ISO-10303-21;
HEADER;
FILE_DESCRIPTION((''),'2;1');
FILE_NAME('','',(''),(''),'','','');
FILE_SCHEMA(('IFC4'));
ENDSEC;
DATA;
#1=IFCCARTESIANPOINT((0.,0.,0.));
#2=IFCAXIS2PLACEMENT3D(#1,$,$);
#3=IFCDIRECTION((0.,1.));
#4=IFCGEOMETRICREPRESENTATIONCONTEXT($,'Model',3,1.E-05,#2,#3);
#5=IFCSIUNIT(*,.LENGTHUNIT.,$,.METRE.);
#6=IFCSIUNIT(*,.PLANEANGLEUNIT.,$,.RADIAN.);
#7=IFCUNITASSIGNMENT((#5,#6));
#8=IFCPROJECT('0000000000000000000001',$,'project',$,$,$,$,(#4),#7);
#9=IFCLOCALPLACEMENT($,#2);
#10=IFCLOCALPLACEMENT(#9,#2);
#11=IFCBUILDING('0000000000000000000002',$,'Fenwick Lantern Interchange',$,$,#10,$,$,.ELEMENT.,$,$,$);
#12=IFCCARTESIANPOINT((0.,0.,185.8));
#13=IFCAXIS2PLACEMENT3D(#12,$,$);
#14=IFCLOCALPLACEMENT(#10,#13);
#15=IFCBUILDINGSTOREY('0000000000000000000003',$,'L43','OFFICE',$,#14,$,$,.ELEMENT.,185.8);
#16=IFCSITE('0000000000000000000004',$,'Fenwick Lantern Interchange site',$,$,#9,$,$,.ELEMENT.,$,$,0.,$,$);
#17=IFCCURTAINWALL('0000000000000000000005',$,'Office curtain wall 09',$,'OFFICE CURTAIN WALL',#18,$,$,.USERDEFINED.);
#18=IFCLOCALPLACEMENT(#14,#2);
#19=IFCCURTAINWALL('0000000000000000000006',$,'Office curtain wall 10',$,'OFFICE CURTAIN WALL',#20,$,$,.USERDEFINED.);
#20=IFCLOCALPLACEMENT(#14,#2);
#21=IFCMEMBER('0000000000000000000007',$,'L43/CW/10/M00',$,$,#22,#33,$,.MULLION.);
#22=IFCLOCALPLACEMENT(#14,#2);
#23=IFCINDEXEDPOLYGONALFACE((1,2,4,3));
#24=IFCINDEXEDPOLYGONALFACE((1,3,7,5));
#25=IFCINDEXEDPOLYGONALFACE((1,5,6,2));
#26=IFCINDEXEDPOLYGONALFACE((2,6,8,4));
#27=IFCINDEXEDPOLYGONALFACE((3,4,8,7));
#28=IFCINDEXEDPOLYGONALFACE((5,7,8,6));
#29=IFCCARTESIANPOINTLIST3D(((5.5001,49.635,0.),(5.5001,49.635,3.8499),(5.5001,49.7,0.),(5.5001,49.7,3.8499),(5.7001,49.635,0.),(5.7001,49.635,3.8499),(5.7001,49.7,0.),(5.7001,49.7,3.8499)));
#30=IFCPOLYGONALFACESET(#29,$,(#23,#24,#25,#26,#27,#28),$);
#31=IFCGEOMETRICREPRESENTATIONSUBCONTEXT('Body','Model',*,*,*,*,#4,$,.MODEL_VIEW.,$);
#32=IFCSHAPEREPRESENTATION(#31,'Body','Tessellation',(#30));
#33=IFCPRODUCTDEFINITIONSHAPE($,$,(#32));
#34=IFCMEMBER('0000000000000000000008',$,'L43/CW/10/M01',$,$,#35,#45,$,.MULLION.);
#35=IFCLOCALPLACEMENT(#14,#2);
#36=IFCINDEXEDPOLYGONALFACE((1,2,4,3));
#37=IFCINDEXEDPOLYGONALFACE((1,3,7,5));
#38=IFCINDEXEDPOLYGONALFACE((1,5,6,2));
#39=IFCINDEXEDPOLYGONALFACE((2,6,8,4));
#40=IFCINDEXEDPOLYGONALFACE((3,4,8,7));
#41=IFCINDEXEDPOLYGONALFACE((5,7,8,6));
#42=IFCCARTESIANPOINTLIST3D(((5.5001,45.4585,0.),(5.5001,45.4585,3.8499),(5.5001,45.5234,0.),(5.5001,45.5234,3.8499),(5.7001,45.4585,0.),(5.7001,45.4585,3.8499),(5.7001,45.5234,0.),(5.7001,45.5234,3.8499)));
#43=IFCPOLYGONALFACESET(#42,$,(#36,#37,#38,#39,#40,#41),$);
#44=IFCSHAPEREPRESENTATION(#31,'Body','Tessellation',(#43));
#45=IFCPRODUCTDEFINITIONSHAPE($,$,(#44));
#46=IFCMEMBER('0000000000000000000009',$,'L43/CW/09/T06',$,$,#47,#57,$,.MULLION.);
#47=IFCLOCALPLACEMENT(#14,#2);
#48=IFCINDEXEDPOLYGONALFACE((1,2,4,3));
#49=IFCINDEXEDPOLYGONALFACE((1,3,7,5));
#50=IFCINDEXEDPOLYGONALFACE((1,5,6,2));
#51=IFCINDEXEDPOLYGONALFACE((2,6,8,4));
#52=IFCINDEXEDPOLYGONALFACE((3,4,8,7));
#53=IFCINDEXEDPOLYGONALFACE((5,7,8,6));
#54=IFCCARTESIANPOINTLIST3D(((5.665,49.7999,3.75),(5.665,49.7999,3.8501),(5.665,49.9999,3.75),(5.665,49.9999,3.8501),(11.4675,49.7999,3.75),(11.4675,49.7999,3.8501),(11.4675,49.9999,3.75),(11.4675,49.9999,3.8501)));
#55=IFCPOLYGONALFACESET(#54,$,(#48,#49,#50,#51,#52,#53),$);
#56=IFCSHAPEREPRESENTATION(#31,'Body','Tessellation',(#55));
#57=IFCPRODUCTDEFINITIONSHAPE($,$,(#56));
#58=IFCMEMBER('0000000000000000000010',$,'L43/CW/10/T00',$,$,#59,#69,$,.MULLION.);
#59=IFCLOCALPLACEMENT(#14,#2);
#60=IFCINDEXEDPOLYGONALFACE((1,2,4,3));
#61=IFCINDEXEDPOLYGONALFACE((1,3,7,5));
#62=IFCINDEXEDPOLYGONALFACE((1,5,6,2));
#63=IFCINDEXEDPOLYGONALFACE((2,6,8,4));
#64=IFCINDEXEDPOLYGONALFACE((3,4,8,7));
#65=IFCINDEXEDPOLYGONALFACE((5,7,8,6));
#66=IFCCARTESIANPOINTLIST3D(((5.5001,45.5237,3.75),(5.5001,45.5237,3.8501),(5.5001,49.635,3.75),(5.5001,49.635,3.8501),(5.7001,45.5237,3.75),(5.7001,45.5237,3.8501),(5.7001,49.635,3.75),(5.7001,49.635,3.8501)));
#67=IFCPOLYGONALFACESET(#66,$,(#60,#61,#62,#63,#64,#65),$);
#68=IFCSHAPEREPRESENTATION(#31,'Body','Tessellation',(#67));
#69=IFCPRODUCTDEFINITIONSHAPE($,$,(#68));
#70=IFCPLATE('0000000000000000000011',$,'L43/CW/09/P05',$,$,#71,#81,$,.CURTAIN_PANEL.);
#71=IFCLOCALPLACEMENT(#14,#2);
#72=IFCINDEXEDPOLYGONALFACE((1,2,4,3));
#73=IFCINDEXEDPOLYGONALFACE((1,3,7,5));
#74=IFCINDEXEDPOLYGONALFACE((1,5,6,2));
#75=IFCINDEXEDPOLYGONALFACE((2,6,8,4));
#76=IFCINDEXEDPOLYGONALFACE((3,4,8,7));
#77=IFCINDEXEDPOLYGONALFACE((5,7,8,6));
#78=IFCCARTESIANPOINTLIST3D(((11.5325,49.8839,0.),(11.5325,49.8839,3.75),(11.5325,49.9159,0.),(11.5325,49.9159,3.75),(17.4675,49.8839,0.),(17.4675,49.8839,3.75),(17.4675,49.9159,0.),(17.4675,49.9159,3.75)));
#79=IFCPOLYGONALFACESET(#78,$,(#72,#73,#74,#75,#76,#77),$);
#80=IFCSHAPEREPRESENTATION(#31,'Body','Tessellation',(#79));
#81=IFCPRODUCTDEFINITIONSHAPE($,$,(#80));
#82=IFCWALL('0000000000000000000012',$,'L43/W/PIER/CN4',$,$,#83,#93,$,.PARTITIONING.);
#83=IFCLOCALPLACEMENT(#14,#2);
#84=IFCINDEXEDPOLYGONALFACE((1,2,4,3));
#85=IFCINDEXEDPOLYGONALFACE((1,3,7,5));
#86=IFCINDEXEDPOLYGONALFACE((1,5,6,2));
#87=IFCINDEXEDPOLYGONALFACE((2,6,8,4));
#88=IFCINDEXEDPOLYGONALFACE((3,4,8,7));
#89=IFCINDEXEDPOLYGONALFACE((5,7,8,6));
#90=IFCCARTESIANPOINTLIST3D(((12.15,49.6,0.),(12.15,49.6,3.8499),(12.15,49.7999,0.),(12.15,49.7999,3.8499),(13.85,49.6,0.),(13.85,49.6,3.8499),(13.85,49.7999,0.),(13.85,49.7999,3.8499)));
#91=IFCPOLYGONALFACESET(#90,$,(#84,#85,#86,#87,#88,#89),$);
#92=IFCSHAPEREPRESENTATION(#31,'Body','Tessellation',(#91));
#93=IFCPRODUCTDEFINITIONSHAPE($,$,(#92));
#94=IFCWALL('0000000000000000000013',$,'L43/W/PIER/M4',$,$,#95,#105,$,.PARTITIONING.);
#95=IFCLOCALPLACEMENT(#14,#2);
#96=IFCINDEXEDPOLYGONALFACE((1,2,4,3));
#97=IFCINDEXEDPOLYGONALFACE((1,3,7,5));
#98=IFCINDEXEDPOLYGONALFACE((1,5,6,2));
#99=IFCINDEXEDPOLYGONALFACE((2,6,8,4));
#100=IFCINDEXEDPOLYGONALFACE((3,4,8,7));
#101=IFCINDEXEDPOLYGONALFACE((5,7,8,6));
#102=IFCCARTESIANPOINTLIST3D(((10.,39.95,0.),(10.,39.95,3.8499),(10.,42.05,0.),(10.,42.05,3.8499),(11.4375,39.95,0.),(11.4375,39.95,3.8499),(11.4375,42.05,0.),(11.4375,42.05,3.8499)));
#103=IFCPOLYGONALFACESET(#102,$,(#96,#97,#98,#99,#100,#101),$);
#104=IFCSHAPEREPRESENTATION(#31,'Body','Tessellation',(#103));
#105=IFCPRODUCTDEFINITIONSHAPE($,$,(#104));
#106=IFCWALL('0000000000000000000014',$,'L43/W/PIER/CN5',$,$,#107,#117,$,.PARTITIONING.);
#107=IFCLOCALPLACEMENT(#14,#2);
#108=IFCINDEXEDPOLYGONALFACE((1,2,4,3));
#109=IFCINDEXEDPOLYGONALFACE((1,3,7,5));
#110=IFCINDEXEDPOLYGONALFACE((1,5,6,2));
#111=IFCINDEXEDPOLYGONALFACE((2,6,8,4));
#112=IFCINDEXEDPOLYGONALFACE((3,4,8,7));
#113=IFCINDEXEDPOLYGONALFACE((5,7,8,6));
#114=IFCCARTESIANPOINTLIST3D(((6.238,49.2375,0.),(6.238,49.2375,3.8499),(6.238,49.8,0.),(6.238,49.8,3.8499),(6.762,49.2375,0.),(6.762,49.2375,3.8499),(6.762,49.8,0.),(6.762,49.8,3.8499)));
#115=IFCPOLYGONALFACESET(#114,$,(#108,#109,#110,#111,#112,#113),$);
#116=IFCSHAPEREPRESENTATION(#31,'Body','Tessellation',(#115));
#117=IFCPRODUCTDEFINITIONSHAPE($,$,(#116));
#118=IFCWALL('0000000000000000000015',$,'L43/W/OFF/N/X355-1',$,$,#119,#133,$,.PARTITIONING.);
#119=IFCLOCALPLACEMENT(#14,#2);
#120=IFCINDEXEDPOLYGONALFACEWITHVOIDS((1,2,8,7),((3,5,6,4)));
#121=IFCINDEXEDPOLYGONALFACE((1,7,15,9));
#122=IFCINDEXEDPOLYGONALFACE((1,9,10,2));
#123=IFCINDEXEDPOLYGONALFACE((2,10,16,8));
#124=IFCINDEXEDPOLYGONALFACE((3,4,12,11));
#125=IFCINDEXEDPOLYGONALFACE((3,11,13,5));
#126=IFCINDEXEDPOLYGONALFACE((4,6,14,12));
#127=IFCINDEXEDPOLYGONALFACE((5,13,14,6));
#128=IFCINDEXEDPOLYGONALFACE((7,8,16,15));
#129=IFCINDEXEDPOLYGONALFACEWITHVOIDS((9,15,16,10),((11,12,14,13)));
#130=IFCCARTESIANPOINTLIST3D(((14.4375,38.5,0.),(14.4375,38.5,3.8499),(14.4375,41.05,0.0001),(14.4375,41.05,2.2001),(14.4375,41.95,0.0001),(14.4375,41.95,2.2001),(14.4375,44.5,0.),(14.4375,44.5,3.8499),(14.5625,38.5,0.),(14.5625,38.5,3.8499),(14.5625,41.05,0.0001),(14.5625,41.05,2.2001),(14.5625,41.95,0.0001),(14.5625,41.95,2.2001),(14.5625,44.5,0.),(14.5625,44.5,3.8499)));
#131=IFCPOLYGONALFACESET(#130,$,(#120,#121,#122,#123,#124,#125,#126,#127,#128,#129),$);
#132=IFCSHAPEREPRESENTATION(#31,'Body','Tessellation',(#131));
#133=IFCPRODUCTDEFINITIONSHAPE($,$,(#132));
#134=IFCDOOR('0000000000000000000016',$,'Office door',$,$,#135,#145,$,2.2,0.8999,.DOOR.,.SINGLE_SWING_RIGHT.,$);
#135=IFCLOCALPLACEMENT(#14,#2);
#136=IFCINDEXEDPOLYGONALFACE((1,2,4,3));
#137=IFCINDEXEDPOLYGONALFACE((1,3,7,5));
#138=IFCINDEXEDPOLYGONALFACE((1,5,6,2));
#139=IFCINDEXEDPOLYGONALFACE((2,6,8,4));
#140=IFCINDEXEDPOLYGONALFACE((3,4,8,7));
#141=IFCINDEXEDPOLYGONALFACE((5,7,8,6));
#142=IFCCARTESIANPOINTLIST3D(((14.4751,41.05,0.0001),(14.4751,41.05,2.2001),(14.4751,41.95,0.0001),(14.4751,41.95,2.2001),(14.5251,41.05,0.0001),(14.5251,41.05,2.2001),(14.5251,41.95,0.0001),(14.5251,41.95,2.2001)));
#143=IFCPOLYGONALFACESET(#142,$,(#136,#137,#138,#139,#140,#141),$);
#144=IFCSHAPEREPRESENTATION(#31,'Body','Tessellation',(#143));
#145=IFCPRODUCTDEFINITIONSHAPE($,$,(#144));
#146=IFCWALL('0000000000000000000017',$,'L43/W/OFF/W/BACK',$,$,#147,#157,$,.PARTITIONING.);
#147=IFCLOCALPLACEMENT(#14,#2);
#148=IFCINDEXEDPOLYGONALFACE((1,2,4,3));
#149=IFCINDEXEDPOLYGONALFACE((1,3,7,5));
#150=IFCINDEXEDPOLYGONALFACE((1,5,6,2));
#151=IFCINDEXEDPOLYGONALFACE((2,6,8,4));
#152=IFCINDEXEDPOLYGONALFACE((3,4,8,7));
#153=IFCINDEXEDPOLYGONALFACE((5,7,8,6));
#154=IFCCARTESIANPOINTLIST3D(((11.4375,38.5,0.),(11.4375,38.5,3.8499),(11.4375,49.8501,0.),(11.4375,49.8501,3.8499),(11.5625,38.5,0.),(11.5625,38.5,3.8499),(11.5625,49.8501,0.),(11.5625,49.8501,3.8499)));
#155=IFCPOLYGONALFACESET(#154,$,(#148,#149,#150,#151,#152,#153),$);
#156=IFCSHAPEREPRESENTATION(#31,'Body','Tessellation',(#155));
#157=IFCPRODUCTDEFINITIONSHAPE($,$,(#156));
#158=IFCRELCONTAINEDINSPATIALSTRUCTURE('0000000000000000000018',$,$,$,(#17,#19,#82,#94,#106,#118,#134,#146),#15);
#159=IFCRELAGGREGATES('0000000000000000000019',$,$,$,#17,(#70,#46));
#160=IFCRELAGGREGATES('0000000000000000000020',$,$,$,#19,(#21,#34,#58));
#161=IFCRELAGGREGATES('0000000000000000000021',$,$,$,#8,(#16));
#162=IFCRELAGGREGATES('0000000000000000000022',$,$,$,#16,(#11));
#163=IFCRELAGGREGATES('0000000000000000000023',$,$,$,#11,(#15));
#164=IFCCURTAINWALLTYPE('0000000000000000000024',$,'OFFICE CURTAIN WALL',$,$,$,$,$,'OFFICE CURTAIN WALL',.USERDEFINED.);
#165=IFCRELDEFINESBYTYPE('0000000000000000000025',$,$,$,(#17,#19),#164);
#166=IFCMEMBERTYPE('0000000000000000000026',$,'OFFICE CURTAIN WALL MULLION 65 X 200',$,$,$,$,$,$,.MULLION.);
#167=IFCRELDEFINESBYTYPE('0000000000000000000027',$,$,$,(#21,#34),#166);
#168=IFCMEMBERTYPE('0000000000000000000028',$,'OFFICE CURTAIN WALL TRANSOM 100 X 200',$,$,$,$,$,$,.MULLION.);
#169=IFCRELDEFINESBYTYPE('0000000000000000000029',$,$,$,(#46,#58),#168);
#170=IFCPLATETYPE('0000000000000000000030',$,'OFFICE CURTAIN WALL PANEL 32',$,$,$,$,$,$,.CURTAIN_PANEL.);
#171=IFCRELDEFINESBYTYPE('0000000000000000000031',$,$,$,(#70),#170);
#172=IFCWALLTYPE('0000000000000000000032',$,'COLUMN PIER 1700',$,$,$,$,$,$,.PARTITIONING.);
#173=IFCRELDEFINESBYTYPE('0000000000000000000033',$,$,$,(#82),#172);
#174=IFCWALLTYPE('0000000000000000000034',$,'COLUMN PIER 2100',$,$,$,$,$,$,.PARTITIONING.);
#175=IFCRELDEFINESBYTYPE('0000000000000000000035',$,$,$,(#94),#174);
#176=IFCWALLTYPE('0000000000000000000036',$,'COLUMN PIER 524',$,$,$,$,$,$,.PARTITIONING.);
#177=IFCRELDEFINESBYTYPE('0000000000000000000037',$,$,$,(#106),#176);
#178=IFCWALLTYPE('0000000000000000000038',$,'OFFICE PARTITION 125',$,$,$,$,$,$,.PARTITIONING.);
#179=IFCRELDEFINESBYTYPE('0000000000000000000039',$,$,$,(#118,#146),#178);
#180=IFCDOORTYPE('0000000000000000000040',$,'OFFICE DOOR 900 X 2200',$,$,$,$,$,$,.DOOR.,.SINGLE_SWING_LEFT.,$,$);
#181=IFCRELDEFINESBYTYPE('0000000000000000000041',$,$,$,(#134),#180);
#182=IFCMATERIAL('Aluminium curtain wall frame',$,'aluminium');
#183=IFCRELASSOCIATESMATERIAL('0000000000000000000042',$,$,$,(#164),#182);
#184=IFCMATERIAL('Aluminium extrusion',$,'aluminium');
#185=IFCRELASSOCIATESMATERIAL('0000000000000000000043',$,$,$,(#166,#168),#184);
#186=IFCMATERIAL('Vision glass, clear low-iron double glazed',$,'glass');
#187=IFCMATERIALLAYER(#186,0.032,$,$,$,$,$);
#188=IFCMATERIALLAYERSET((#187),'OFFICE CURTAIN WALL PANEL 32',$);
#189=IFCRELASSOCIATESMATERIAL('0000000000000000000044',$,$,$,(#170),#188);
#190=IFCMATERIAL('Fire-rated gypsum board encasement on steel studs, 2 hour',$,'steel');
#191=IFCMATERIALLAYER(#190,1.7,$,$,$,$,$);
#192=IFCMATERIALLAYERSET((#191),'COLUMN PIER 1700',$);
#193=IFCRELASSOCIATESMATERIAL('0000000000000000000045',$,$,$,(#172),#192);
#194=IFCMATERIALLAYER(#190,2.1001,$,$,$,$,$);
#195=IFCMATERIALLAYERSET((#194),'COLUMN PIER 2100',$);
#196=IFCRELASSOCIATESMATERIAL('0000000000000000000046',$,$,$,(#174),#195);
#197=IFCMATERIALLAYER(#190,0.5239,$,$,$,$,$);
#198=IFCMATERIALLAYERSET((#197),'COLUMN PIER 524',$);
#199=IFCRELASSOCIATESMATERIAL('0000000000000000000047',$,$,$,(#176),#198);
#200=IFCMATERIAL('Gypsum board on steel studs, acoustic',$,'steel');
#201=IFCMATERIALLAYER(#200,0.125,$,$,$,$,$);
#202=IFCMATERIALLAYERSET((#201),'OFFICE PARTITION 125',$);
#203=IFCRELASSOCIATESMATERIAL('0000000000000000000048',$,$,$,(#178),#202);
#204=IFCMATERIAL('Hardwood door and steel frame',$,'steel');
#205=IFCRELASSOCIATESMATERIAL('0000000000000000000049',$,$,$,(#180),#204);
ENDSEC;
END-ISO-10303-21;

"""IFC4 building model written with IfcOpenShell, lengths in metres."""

from ifc_helpers import new_model, si_unit, direction, frame, frame_2d, origin, origin_2d, place, context, subcontext, project, spatial, rectangle, extrude, material, layer, layer_set, material_profile, profile_set, type_object, element, fill, aggregate, save


model = new_model("IFC4")

# Units and contexts
model_context = context("Model", 3, precision=1e-05, world=origin(), true_north=direction((0.0, 1.0)))
body_context = subcontext(model_context, "Body", "Model", "MODEL_VIEW")
ifc_project = project(units=[si_unit("LENGTHUNIT", "METRE"), si_unit("PLANEANGLEUNIT", "RADIAN")], contexts=[model_context])

# Site, building, storey
site_placement = place(None, origin())
site = spatial("IfcSite", under=ifc_project, at=site_placement, Name="Fenwick Lantern Interchange site", CompositionType="ELEMENT", RefElevation=0.0)
building_placement = place(site_placement, origin())
building = spatial("IfcBuilding", under=site, at=building_placement, Name="Fenwick Lantern Interchange", CompositionType="ELEMENT")
storey_placement = place(building_placement, frame((0.0, 0.0, 185.8)))
storey = spatial("IfcBuildingStorey", under=building, at=storey_placement, Name="L43", Description="OFFICE", CompositionType="ELEMENT", Elevation=185.8)

# Curtain walls, members
ifc_material_1 = material(Name="Aluminium curtain wall frame", Category="aluminium")
curtain_wall_type = type_object("IfcCurtainWallType", Name="OFFICE CURTAIN WALL", ElementType="OFFICE CURTAIN WALL", PredefinedType="USERDEFINED", material=ifc_material_1)
curtain_wall_1_placement = place(storey_placement, origin())
curtain_wall_1 = element("IfcCurtainWall", 1, at=curtain_wall_1_placement, inside=storey, type_object=curtain_wall_type, Name="Office curtain wall 09", ObjectType="OFFICE CURTAIN WALL", PredefinedType="USERDEFINED")
ifc_material_2 = material(Name="Aluminium extrusion", Category="aluminium")
ifc_material_profile_1 = material_profile(ifc_material_2, rectangle(XDim=0.2, YDim=0.0649, at=origin_2d()), Name="OFFICE CURTAIN WALL MULLION 65 X 200")
ifc_profile_set_1 = profile_set([ifc_material_profile_1], Name="Aluminium extrusion")
member_type_1 = type_object("IfcMemberType", Name="OFFICE CURTAIN WALL MULLION 65 X 200", PredefinedType="MULLION", material=ifc_profile_set_1)
curtain_wall_2_placement = place(storey_placement, origin())
curtain_wall_2 = element("IfcCurtainWall", 2, at=curtain_wall_2_placement, inside=storey, type_object=curtain_wall_type, Name="Office curtain wall 10", ObjectType="OFFICE CURTAIN WALL", PredefinedType="USERDEFINED")
member_1_placement = place(storey_placement, frame((5.6001, 49.6675, 0.0), z_axis=(0.0, 0.0, 1.0), x_axis=(1.0, 0.0, 0.0)))
member_1 = element("IfcMember", 3, at=member_1_placement, type_object=member_type_1, Name="L43/CW/10/M00", PredefinedType="MULLION", context=body_context, shape_type="SweptSolid", body=[
    extrude(rectangle(XDim=0.2, YDim=0.0649, at=origin_2d()), origin(), (0.0, 0.0, 1.0), 3.8499),
])
member_2_placement = place(storey_placement, frame((5.6001, 45.491, 0.0), z_axis=(0.0, 0.0, 1.0), x_axis=(1.0, 0.0, 0.0)))
member_2 = element("IfcMember", 4, at=member_2_placement, type_object=member_type_1, Name="L43/CW/10/M01", PredefinedType="MULLION", context=body_context, shape_type="SweptSolid", body=[
    extrude(rectangle(XDim=0.2, YDim=0.0649, at=origin_2d()), origin(), (0.0, 0.0, 1.0), 3.8499),
])

# Members
ifc_material_profile_2 = material_profile(ifc_material_2, rectangle(XDim=0.2, YDim=0.1001, at=origin_2d()), Name="OFFICE CURTAIN WALL TRANSOM 100 X 200")
ifc_profile_set_2 = profile_set([ifc_material_profile_2], Name="Aluminium extrusion")
member_type_2 = type_object("IfcMemberType", Name="OFFICE CURTAIN WALL TRANSOM 100 X 200", PredefinedType="MULLION", material=ifc_profile_set_2)
member_3_placement = place(storey_placement, frame((11.4675, 49.8999, 3.8), z_axis=(-1.0, 0.0, 0.0), x_axis=(0.0, -1.0, 0.0)))
member_3 = element("IfcMember", 5, at=member_3_placement, type_object=member_type_2, Name="L43/CW/09/T06", PredefinedType="MULLION", context=body_context, shape_type="SweptSolid", body=[
    extrude(rectangle(XDim=0.2, YDim=0.1001, at=origin_2d()), origin(), (0.0, 0.0, 1.0), 5.8025),
])
member_4_placement = place(storey_placement, frame((5.6001, 49.635, 3.8), z_axis=(0.0, -1.0, 0.0), x_axis=(1.0, 0.0, 0.0)))
member_4 = element("IfcMember", 6, at=member_4_placement, type_object=member_type_2, Name="L43/CW/10/T00", PredefinedType="MULLION", context=body_context, shape_type="SweptSolid", body=[
    extrude(rectangle(XDim=0.2, YDim=0.1001, at=origin_2d()), origin(), (0.0, 0.0, 1.0), 4.1113),
])

# Plate
ifc_material_3 = material(Name="Vision glass, clear low-iron double glazed", Category="glass")
ifc_layer_1 = layer(ifc_material_3, 0.032)
ifc_layer_set_1 = layer_set([ifc_layer_1], Name="OFFICE CURTAIN WALL PANEL 32")
plate_type = type_object("IfcPlateType", Name="OFFICE CURTAIN WALL PANEL 32", PredefinedType="CURTAIN_PANEL", material=ifc_layer_set_1)
plate_1_placement = place(storey_placement, frame((14.5, 49.8999, 0.0), z_axis=(0.0, 0.0, 1.0), x_axis=(-1.0, 0.0, 0.0)))
plate_1 = element("IfcPlate", 7, at=plate_1_placement, type_object=plate_type, Name="L43/CW/09/P05", PredefinedType="CURTAIN_PANEL", context=body_context, shape_type="SweptSolid", body=[
    extrude(rectangle(XDim=5.9351, YDim=0.032, at=origin_2d()), origin(), (0.0, 0.0, 1.0), 3.75),
])
aggregate(curtain_wall_1, [plate_1, member_3])
aggregate(curtain_wall_2, [member_1, member_2, member_4])

# Walls
ifc_material_4 = material(Name="Fire-rated gypsum board encasement on steel studs, 2 hour", Category="steel")
ifc_layer_2 = layer(ifc_material_4, 1.7)
ifc_layer_set_2 = layer_set([ifc_layer_2], Name="COLUMN PIER 1700")
wall_type_1 = type_object("IfcWallType", Name="COLUMN PIER 1700", PredefinedType="PARTITIONING", material=ifc_layer_set_2)
wall_1_placement = place(storey_placement, frame((13.0, 49.8, 0.0), z_axis=(0.0, 0.0, 1.0), x_axis=(0.0, -1.0, 0.0)))
element("IfcWall", 8, at=wall_1_placement, inside=storey, type_object=wall_type_1, Name="L43/W/PIER/CN4", PredefinedType="PARTITIONING", context=body_context, shape_type="SweptSolid", body=[
    extrude(rectangle(XDim=0.2, YDim=1.7, at=frame_2d((0.1001, 0.0))), origin(), (0.0, 0.0, 1.0), 3.8499),
])
ifc_layer_3 = layer(ifc_material_4, 2.1001)
ifc_layer_set_3 = layer_set([ifc_layer_3], Name="COLUMN PIER 2100")
wall_type_2 = type_object("IfcWallType", Name="COLUMN PIER 2100", PredefinedType="PARTITIONING", material=ifc_layer_set_3)
wall_2_placement = place(storey_placement, frame((11.4375, 41.0, 0.0), z_axis=(0.0, 0.0, 1.0), x_axis=(-1.0, 0.0, 0.0)))
element("IfcWall", 9, at=wall_2_placement, inside=storey, type_object=wall_type_2, Name="L43/W/PIER/M4", PredefinedType="PARTITIONING", context=body_context, shape_type="SweptSolid", body=[
    extrude(rectangle(XDim=1.4375, YDim=2.1001, at=frame_2d((0.7188, 0.0))), origin(), (0.0, 0.0, 1.0), 3.8499),
])
ifc_layer_4 = layer(ifc_material_4, 0.5239)
ifc_layer_set_4 = layer_set([ifc_layer_4], Name="COLUMN PIER 524")
wall_type_3 = type_object("IfcWallType", Name="COLUMN PIER 524", PredefinedType="PARTITIONING", material=ifc_layer_set_4)
wall_3_placement = place(storey_placement, frame((6.5, 49.8, 0.0), z_axis=(0.0, 0.0, 1.0), x_axis=(0.0, -1.0, 0.0)))
element("IfcWall", 10, at=wall_3_placement, inside=storey, type_object=wall_type_3, Name="L43/W/PIER/CN5", PredefinedType="PARTITIONING", context=body_context, shape_type="SweptSolid", body=[
    extrude(rectangle(XDim=0.5625, YDim=0.5239, at=frame_2d((0.2812, 0.0))), origin(), (0.0, 0.0, 1.0), 3.8499),
])

# Wall, opening, door
ifc_material_5 = material(Name="Gypsum board on steel studs, acoustic", Category="steel")
ifc_layer_5 = layer(ifc_material_5, 0.125)
ifc_layer_set_5 = layer_set([ifc_layer_5], Name="OFFICE PARTITION 125")
wall_type_4 = type_object("IfcWallType", Name="OFFICE PARTITION 125", PredefinedType="PARTITIONING", material=ifc_layer_set_5)
wall_4_placement = place(storey_placement, frame((14.5, 44.5, 0.0), z_axis=(0.0, 0.0, 1.0), x_axis=(0.0, -1.0, 0.0)))
wall_4 = element("IfcWall", 11, at=wall_4_placement, inside=storey, type_object=wall_type_4, Name="L43/W/OFF/N/X355-1", PredefinedType="PARTITIONING", context=body_context, shape_type="SweptSolid", body=[
    extrude(rectangle(XDim=6.0, YDim=0.125, at=frame_2d((3.0, 0.0))), origin(), (0.0, 0.0, 1.0), 3.8499),
])
opening_placement = place(wall_4_placement, frame((2.55, 0.0, 0.0)))
opening = element("IfcOpeningElement", 12, at=opening_placement, cuts=wall_4, PredefinedType="OPENING", context=body_context, shape_type="SweptSolid", body=[
    extrude(rectangle(XDim=0.8999, YDim=2.2, at=frame_2d((0.45, 1.1001))), frame((0.0, 0.0725, 0.0), z_axis=(0.0, -1.0, 0.0), x_axis=(1.0, 0.0, 0.0)), (0.0, 0.0, 1.0), 0.145),
])
ifc_material_6 = material(Name="Hardwood door and steel frame", Category="steel")
door_type = type_object("IfcDoorType", Name="OFFICE DOOR 900 X 2200", OperationType="SINGLE_SWING_LEFT", PredefinedType="DOOR", material=ifc_material_6)
door_placement = place(opening_placement, frame((0.8999, 0.0, 0.0), z_axis=(0.0, 0.0, 1.0), x_axis=(-1.0, 0.0, 0.0)))
door = element("IfcDoor", 13, at=door_placement, inside=storey, type_object=door_type, Name="Office door", OperationType="SINGLE_SWING_RIGHT", OverallHeight=2.2, OverallWidth=0.8999, PredefinedType="DOOR", context=body_context, shape_type="SweptSolid", body=[
    extrude(rectangle(XDim=0.8999, YDim=2.2, at=frame_2d((0.45, 1.1001))), frame((0.0, 0.0249, 0.0), z_axis=(0.0, -1.0, 0.0), x_axis=(1.0, 0.0, 0.0)), (0.0, 0.0, 1.0), 0.05),
])
fill(opening, door)

# Wall
wall_5_placement = place(storey_placement, frame((11.5, 49.8501, 0.0), z_axis=(0.0, 0.0, 1.0), x_axis=(0.0, -1.0, 0.0)))
element("IfcWall", 14, at=wall_5_placement, inside=storey, type_object=wall_type_4, Name="L43/W/OFF/W/BACK", PredefinedType="PARTITIONING", context=body_context, shape_type="SweptSolid", body=[
    extrude(rectangle(XDim=11.3501, YDim=0.125, at=frame_2d((5.675, 0.0))), origin(), (0.0, 0.0, 1.0), 3.8499),
])

save(model, "model.ifc")
